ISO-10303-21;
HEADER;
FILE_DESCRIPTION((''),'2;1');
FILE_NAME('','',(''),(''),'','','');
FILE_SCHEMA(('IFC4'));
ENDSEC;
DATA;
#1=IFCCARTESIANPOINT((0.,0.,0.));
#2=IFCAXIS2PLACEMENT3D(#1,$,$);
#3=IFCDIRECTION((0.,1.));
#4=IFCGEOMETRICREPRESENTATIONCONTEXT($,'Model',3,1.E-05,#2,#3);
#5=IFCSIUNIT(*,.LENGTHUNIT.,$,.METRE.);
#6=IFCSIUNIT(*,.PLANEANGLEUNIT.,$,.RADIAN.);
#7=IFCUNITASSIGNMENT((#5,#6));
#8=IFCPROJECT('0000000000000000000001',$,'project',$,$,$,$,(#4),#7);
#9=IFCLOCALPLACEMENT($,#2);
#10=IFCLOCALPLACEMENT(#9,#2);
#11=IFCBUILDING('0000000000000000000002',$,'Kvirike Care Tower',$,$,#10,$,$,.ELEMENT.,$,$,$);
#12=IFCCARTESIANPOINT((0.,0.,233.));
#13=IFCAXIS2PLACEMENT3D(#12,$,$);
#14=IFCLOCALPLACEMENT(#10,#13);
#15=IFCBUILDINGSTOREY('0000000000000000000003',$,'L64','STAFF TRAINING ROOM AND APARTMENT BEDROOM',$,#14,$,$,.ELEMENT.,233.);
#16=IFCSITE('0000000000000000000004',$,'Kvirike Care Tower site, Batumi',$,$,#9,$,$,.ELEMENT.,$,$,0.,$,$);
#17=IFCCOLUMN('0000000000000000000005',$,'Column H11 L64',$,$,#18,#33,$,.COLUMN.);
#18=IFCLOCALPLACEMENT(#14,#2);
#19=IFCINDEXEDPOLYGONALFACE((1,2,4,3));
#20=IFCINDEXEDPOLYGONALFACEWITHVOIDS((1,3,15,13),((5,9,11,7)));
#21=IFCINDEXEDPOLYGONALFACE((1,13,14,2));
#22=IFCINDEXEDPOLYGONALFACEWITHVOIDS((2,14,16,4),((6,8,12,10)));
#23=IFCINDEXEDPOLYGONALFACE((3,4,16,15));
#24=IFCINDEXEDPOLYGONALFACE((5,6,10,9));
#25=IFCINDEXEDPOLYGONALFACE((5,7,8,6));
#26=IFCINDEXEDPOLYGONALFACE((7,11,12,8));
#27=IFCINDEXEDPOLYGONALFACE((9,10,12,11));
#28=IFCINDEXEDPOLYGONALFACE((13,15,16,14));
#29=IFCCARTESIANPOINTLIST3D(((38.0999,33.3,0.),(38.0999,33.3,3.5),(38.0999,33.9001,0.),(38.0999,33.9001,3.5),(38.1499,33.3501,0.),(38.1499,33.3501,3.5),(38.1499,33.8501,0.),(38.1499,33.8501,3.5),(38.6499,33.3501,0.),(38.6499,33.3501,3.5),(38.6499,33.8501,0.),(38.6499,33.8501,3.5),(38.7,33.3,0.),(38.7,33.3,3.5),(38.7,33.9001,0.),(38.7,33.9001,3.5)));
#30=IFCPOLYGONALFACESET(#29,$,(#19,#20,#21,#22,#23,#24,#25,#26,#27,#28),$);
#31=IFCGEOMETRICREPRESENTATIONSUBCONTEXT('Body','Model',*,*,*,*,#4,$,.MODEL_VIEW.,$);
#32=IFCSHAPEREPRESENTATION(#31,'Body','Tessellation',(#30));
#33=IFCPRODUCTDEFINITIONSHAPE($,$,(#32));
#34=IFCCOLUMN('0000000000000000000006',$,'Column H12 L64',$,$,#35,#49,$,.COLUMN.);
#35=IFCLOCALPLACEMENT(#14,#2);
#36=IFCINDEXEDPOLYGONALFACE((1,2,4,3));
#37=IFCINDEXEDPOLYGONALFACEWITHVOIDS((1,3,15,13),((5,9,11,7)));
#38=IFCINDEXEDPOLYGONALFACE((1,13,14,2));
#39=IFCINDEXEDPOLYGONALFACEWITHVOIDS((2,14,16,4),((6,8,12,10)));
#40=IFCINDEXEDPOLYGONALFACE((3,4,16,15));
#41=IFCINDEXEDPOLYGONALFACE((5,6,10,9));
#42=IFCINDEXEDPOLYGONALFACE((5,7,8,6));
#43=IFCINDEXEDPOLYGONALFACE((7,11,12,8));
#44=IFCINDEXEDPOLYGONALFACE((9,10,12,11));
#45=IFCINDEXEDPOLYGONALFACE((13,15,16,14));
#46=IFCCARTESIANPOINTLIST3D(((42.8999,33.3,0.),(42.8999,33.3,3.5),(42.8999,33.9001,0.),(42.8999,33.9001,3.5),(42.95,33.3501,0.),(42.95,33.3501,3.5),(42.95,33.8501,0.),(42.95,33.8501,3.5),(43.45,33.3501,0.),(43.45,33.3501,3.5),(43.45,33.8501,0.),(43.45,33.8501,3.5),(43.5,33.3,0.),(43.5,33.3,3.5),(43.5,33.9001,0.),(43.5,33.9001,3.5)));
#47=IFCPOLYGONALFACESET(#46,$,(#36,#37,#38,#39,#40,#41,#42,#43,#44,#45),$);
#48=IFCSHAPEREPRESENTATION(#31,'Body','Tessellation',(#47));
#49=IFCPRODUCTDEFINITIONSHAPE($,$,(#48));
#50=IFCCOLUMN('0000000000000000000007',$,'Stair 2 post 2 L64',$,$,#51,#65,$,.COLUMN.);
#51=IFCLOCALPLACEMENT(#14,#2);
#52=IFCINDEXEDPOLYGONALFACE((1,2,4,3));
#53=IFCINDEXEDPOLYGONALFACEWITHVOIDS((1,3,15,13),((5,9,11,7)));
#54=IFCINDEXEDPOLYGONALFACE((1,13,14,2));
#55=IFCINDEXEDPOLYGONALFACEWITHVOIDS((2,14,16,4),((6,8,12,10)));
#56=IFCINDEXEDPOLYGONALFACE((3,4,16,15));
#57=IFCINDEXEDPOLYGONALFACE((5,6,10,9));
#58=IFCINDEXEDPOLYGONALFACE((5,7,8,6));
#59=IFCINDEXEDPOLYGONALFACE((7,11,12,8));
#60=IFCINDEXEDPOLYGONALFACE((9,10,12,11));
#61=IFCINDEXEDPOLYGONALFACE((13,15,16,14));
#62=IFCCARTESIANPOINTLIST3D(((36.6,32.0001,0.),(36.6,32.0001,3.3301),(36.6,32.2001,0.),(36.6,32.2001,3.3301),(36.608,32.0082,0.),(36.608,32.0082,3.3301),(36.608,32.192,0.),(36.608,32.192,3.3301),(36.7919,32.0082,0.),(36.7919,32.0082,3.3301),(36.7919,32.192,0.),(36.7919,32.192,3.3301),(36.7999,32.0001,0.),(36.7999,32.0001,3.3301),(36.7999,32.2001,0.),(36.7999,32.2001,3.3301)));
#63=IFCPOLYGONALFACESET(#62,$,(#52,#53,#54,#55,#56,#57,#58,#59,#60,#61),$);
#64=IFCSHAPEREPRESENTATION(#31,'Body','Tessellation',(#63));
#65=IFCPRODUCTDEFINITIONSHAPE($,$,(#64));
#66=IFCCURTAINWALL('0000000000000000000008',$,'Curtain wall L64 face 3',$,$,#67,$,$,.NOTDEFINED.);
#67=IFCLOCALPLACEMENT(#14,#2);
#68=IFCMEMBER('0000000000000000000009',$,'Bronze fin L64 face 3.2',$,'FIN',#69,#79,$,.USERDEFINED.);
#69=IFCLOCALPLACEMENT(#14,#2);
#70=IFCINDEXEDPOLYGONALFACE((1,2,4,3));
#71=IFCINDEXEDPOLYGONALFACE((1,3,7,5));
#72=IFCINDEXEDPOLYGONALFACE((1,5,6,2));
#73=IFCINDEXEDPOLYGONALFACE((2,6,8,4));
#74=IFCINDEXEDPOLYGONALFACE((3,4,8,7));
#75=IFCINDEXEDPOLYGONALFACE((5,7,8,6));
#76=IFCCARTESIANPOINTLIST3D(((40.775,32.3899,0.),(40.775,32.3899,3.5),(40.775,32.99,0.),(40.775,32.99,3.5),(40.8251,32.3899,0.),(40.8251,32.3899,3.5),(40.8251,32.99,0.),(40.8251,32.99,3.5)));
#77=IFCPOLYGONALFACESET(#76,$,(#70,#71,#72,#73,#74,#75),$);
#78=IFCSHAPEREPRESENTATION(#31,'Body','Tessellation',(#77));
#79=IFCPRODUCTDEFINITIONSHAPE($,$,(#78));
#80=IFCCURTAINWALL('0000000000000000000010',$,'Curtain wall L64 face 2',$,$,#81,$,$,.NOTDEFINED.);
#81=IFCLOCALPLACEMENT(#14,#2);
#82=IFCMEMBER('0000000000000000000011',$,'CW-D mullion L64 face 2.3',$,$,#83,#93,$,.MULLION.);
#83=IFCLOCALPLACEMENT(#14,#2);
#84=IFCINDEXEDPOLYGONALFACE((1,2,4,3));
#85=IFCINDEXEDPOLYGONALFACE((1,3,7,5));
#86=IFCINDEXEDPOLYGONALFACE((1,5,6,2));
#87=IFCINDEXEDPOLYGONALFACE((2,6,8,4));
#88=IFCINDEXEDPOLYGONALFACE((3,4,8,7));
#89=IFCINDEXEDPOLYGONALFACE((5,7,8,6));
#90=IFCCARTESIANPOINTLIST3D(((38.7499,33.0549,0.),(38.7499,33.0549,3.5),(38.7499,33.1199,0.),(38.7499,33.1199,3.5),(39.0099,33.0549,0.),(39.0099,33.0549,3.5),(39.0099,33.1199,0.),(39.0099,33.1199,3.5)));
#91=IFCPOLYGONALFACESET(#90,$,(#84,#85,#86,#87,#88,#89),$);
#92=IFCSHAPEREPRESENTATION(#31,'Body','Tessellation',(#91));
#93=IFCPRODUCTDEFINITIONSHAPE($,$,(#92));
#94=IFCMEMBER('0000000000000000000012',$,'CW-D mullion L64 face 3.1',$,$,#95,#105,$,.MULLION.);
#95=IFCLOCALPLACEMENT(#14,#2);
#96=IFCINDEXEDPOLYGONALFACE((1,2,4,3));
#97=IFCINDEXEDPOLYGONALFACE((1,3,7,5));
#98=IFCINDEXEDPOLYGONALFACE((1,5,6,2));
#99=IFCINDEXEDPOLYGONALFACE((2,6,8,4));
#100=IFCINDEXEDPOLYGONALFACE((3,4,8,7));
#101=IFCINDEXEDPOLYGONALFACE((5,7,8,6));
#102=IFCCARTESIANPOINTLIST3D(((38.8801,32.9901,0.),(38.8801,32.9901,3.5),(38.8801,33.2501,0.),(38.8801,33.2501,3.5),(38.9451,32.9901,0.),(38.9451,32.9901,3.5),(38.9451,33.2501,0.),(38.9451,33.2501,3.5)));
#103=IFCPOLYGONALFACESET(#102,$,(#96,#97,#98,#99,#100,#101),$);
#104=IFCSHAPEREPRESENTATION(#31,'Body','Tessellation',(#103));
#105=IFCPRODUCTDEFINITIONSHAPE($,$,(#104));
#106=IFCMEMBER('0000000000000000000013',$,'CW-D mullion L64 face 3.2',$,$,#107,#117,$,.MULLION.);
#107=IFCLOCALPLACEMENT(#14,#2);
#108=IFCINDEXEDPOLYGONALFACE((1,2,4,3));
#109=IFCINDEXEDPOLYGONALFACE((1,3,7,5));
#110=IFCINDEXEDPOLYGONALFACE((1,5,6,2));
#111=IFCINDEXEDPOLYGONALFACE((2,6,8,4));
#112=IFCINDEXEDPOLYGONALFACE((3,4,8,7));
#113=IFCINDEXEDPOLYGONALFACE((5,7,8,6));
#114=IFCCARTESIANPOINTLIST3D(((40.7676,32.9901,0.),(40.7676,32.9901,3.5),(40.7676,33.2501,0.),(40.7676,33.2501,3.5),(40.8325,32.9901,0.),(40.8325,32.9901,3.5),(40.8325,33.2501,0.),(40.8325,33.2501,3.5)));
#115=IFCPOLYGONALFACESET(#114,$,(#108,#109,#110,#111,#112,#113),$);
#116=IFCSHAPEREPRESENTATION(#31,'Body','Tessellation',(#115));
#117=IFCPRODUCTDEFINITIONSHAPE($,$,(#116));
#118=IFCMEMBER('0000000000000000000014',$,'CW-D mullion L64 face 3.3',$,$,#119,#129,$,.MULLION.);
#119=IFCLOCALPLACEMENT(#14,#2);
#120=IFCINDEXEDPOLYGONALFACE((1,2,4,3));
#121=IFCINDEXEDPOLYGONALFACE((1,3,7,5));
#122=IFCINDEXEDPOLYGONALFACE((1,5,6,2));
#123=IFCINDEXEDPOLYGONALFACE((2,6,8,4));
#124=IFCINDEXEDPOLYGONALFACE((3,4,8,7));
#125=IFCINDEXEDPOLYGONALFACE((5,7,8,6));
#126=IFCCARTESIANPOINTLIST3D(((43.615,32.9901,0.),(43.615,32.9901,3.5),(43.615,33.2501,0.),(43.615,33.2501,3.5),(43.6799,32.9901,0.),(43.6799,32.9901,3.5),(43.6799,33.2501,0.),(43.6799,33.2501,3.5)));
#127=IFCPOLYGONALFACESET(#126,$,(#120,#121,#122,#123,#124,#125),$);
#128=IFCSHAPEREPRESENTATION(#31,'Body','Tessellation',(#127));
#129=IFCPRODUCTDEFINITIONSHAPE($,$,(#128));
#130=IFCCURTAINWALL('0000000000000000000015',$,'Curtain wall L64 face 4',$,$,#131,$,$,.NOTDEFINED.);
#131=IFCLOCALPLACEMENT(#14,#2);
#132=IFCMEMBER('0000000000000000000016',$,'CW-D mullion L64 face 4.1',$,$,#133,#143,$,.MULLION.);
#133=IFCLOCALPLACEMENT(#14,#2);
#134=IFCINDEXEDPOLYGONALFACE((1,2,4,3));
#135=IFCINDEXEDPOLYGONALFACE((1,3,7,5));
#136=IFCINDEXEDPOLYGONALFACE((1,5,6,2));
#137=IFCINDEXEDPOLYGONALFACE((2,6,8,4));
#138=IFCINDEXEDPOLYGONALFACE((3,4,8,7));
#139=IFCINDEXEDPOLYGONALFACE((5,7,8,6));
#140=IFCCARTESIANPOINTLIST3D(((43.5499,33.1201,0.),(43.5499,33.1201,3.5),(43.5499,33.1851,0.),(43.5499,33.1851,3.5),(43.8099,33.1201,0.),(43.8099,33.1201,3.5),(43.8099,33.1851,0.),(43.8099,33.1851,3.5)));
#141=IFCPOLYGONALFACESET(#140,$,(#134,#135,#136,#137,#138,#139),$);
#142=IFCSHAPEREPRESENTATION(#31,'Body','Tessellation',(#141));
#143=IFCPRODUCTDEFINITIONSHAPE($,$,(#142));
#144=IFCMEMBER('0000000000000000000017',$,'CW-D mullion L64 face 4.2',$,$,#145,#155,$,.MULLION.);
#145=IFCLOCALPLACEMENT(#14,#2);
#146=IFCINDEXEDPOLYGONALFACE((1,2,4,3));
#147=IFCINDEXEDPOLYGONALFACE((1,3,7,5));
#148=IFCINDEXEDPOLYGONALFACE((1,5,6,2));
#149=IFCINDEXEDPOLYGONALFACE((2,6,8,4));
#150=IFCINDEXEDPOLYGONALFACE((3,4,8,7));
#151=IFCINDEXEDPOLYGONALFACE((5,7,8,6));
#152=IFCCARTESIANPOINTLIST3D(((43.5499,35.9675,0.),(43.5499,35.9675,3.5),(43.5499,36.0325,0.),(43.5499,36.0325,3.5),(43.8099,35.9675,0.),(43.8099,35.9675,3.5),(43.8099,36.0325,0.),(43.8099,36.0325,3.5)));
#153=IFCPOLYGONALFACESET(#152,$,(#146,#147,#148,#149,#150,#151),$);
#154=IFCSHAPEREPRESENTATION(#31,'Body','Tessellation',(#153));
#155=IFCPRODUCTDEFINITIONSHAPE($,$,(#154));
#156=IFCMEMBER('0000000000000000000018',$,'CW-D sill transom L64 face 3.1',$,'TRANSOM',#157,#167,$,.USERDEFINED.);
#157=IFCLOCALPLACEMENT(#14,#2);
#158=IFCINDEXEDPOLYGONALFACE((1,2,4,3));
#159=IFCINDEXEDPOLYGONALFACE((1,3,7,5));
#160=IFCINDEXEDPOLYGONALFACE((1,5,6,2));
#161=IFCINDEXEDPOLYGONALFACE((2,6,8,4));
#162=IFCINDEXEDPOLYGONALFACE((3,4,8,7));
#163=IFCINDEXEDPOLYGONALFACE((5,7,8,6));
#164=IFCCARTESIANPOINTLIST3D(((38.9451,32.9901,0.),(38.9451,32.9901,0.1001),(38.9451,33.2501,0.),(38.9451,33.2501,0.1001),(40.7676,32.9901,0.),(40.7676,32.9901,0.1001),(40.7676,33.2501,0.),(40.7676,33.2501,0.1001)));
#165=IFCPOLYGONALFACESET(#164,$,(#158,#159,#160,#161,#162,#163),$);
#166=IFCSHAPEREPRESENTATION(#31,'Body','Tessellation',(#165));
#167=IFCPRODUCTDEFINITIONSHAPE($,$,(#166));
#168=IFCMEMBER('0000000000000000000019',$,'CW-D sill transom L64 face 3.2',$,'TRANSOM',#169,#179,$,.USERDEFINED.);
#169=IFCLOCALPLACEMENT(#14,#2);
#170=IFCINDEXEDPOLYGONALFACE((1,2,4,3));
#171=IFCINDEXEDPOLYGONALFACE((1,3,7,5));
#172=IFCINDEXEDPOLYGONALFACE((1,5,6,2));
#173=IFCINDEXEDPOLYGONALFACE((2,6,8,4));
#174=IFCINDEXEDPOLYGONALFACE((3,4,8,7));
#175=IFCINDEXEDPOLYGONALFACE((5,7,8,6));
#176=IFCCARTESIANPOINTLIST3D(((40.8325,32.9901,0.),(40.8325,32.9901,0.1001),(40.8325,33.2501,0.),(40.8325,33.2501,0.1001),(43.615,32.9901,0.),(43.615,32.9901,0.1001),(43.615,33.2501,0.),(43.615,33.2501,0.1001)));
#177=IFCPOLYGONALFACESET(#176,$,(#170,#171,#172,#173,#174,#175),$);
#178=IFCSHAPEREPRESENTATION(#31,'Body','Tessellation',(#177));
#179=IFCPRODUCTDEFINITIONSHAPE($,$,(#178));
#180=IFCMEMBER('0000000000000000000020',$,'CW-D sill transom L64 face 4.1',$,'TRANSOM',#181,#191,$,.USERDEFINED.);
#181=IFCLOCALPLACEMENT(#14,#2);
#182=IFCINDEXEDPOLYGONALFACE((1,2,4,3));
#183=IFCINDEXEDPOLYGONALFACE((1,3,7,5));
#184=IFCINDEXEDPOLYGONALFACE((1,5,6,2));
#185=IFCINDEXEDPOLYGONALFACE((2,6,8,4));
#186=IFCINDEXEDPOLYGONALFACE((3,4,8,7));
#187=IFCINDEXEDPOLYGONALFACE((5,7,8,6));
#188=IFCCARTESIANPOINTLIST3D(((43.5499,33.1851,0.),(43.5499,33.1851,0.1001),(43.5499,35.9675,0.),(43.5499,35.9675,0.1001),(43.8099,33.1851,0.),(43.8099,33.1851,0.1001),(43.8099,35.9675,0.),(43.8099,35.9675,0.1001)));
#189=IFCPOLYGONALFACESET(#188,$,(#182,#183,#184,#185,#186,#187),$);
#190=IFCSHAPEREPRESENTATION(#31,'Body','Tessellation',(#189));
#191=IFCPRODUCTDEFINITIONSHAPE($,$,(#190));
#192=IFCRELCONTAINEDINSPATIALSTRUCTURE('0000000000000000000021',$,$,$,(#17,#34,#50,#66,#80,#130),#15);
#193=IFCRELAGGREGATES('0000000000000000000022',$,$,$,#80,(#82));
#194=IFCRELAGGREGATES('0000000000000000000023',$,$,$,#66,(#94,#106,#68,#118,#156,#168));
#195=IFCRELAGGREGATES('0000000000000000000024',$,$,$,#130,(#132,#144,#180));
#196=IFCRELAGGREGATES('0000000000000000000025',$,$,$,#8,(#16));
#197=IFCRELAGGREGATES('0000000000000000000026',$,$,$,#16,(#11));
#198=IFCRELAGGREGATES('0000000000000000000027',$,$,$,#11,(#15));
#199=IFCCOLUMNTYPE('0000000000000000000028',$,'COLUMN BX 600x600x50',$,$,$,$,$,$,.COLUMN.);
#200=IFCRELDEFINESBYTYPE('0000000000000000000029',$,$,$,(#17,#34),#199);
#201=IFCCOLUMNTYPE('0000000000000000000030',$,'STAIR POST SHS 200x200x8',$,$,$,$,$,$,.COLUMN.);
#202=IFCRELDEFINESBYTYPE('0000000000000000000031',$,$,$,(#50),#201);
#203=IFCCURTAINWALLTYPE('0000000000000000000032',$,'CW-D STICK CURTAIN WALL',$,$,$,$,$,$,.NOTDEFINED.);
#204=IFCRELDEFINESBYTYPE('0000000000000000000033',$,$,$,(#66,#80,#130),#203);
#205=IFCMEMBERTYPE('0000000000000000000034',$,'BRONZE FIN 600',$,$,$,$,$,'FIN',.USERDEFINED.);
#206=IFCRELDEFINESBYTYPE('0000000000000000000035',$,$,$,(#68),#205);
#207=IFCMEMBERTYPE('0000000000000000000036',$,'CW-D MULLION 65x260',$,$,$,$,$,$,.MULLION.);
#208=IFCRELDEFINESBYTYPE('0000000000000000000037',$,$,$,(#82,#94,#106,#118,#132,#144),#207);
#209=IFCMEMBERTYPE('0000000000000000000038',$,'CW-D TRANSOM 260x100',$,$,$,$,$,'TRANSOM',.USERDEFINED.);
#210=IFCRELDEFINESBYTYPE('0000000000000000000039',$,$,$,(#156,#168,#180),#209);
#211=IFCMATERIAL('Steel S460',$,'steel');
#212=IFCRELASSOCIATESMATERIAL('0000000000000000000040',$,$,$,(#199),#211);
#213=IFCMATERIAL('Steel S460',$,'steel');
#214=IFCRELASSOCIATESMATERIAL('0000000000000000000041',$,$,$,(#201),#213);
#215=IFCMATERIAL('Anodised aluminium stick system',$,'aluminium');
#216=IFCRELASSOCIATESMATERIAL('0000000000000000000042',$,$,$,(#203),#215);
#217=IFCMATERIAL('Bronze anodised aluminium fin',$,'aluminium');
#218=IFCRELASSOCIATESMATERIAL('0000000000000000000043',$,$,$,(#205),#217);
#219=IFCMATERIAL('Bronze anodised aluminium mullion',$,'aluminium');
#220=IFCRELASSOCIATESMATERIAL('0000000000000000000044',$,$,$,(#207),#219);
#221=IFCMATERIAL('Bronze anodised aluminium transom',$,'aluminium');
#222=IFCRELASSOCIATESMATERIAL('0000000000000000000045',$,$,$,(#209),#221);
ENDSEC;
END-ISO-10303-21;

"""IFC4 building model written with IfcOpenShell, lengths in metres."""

from ifc_helpers import new_model, si_unit, direction, frame, origin, origin_2d, place, context, subcontext, project, spatial, rectangle, hollow_rectangle, extrude, material, material_profile, profile_set, type_object, element, aggregate, save


model = new_model("IFC4")

# Units and contexts
model_context = context("Model", 3, precision=1e-05, world=origin(), true_north=direction((0.0, 1.0)))
body_context = subcontext(model_context, "Body", "Model", "MODEL_VIEW")
ifc_project = project(units=[si_unit("LENGTHUNIT", "METRE"), si_unit("PLANEANGLEUNIT", "RADIAN")], contexts=[model_context])

# Site, building, storey
site_placement = place(None, origin())
site = spatial("IfcSite", under=ifc_project, at=site_placement, Name="Kvirike Care Tower site, Batumi", CompositionType="ELEMENT", RefElevation=0.0)
building_placement = place(site_placement, origin())
building = spatial("IfcBuilding", under=site, at=building_placement, Name="Kvirike Care Tower", CompositionType="ELEMENT")
storey_placement = place(building_placement, frame((0.0, 0.0, 233.0)))
storey = spatial("IfcBuildingStorey", under=building, at=storey_placement, Name="L64", Description="STAFF TRAINING ROOM AND APARTMENT BEDROOM", CompositionType="ELEMENT", Elevation=233.0)

# Columns
ifc_material_1 = material(Name="Steel S460", Category="steel")
ifc_material_profile_1 = material_profile(ifc_material_1, hollow_rectangle(XDim=0.6001, YDim=0.6001, WallThickness=0.05, at=origin_2d()), Name="BX 600x600x50")
ifc_profile_set_1 = profile_set([ifc_material_profile_1], Name="Steel S460")
column_type_1 = type_object("IfcColumnType", Name="COLUMN BX 600x600x50", PredefinedType="COLUMN", material=ifc_profile_set_1)
for number, where, z_axis, x_axis, name in (
    (1, (38.3999, 33.6001, 0.0), (0.0, 0.0, 1.0), (0.0, 1.0, 0.0), "Column H11 L64"),
    (2, (43.2, 33.6001, 0.0), (0.0, 0.0, 1.0), (0.0, 1.0, 0.0), "Column H12 L64"),
):
    element("IfcColumn", number, at=place(storey_placement, frame(where, z_axis=z_axis, x_axis=x_axis)), inside=storey, type_object=column_type_1, Name=name, PredefinedType="COLUMN", context=body_context, shape_type="SweptSolid", body=[
        extrude(hollow_rectangle(XDim=0.6001, YDim=0.6001, WallThickness=0.05, at=origin_2d()), origin(), (0.0, 0.0, 1.0), 3.5),
    ])
ifc_material_2 = material(Name="Steel S460", Category="steel")
ifc_material_profile_2 = material_profile(ifc_material_2, hollow_rectangle(XDim=0.2, YDim=0.2, WallThickness=0.0081, at=origin_2d()), Name="SHS 200x200x8")
ifc_profile_set_2 = profile_set([ifc_material_profile_2], Name="Steel S460")
column_type_2 = type_object("IfcColumnType", Name="STAIR POST SHS 200x200x8", PredefinedType="COLUMN", material=ifc_profile_set_2)
column_placement = place(storey_placement, frame((36.7, 32.1001, 0.0), z_axis=(0.0, 0.0, 1.0), x_axis=(1.0, 0.0, 0.0)))
element("IfcColumn", 3, at=column_placement, inside=storey, type_object=column_type_2, Name="Stair 2 post 2 L64", PredefinedType="COLUMN", context=body_context, shape_type="SweptSolid", body=[
    extrude(hollow_rectangle(XDim=0.2, YDim=0.2, WallThickness=0.0081, at=origin_2d()), origin(), (0.0, 0.0, 1.0), 3.3301),
])

# Curtain walls, members
ifc_material_3 = material(Name="Anodised aluminium stick system", Category="aluminium")
curtain_wall_type = type_object("IfcCurtainWallType", Name="CW-D STICK CURTAIN WALL", PredefinedType="NOTDEFINED", material=ifc_material_3)
curtain_wall_1_placement = place(storey_placement, origin())
curtain_wall_1 = element("IfcCurtainWall", 4, at=curtain_wall_1_placement, inside=storey, type_object=curtain_wall_type, Name="Curtain wall L64 face 3", PredefinedType="NOTDEFINED")
ifc_material_4 = material(Name="Bronze anodised aluminium fin", Category="aluminium")
ifc_material_profile_3 = material_profile(ifc_material_4, rectangle(XDim=0.05, YDim=0.6001, at=origin_2d()), Name="BRONZE FIN 600")
ifc_profile_set_3 = profile_set([ifc_material_profile_3], Name="Bronze anodised aluminium fin")
member_type_1 = type_object("IfcMemberType", Name="BRONZE FIN 600", ElementType="FIN", PredefinedType="USERDEFINED", material=ifc_profile_set_3)
member_1_placement = place(storey_placement, frame((40.8, 32.6899, 0.0), z_axis=(0.0, 0.0, 1.0), x_axis=(1.0, 0.0, 0.0)))
member_1 = element("IfcMember", 5, at=member_1_placement, type_object=member_type_1, Name="Bronze fin L64 face 3.2", ObjectType="FIN", PredefinedType="USERDEFINED", context=body_context, shape_type="SweptSolid", body=[
    extrude(rectangle(XDim=0.05, YDim=0.6001, at=origin_2d()), origin(), (0.0, 0.0, 1.0), 3.5),
])
curtain_wall_2_placement = place(storey_placement, origin())
curtain_wall_2 = element("IfcCurtainWall", 6, at=curtain_wall_2_placement, inside=storey, type_object=curtain_wall_type, Name="Curtain wall L64 face 2", PredefinedType="NOTDEFINED")
ifc_material_5 = material(Name="Bronze anodised aluminium mullion", Category="aluminium")
ifc_material_profile_4 = material_profile(ifc_material_5, rectangle(XDim=0.0649, YDim=0.26, at=origin_2d()), Name="CW-D MULLION 65x260")
ifc_profile_set_4 = profile_set([ifc_material_profile_4], Name="Bronze anodised aluminium mullion")
member_type_2 = type_object("IfcMemberType", Name="CW-D MULLION 65x260", PredefinedType="MULLION", material=ifc_profile_set_4)
member_2_placement = place(storey_placement, frame((38.8799, 33.0874, 0.0), z_axis=(0.0, 0.0, 1.0), x_axis=(0.0, 1.0, 0.0)))
member_2 = element("IfcMember", 7, at=member_2_placement, type_object=member_type_2, Name="CW-D mullion L64 face 2.3", PredefinedType="MULLION", context=body_context, shape_type="SweptSolid", body=[
    extrude(rectangle(XDim=0.0649, YDim=0.26, at=origin_2d()), origin(), (0.0, 0.0, 1.0), 3.5),
])

# Members
member_3_placement = place(storey_placement, frame((38.9126, 33.1201, 0.0), z_axis=(0.0, 0.0, 1.0), x_axis=(1.0, 0.0, 0.0)))
member_3 = element("IfcMember", 8, at=member_3_placement, type_object=member_type_2, Name="CW-D mullion L64 face 3.1", PredefinedType="MULLION", context=body_context, shape_type="SweptSolid", body=[
    extrude(rectangle(XDim=0.0649, YDim=0.26, at=origin_2d()), origin(), (0.0, 0.0, 1.0), 3.5),
])
member_4_placement = place(storey_placement, frame((40.8, 33.1201, 0.0), z_axis=(0.0, 0.0, 1.0), x_axis=(1.0, 0.0, 0.0)))
member_4 = element("IfcMember", 9, at=member_4_placement, type_object=member_type_2, Name="CW-D mullion L64 face 3.2", PredefinedType="MULLION", context=body_context, shape_type="SweptSolid", body=[
    extrude(rectangle(XDim=0.0649, YDim=0.26, at=origin_2d()), origin(), (0.0, 0.0, 1.0), 3.5),
])
member_5_placement = place(storey_placement, frame((43.6475, 33.1201, 0.0), z_axis=(0.0, 0.0, 1.0), x_axis=(1.0, 0.0, 0.0)))
member_5 = element("IfcMember", 10, at=member_5_placement, type_object=member_type_2, Name="CW-D mullion L64 face 3.3", PredefinedType="MULLION", context=body_context, shape_type="SweptSolid", body=[
    extrude(rectangle(XDim=0.0649, YDim=0.26, at=origin_2d()), origin(), (0.0, 0.0, 1.0), 3.5),
])

# Curtain wall, members
curtain_wall_3_placement = place(storey_placement, origin())
curtain_wall_3 = element("IfcCurtainWall", 11, at=curtain_wall_3_placement, inside=storey, type_object=curtain_wall_type, Name="Curtain wall L64 face 4", PredefinedType="NOTDEFINED")
member_6_placement = place(storey_placement, frame((43.6799, 33.1526, 0.0), z_axis=(0.0, 0.0, 1.0), x_axis=(0.0, 1.0, 0.0)))
member_6 = element("IfcMember", 12, at=member_6_placement, type_object=member_type_2, Name="CW-D mullion L64 face 4.1", PredefinedType="MULLION", context=body_context, shape_type="SweptSolid", body=[
    extrude(rectangle(XDim=0.0649, YDim=0.26, at=origin_2d()), origin(), (0.0, 0.0, 1.0), 3.5),
])
member_7_placement = place(storey_placement, frame((43.6799, 36.0, 0.0), z_axis=(0.0, 0.0, 1.0), x_axis=(0.0, 1.0, 0.0)))
member_7 = element("IfcMember", 13, at=member_7_placement, type_object=member_type_2, Name="CW-D mullion L64 face 4.2", PredefinedType="MULLION", context=body_context, shape_type="SweptSolid", body=[
    extrude(rectangle(XDim=0.0649, YDim=0.26, at=origin_2d()), origin(), (0.0, 0.0, 1.0), 3.5),
])

# Members
ifc_material_6 = material(Name="Bronze anodised aluminium transom", Category="aluminium")
ifc_material_profile_5 = material_profile(ifc_material_6, rectangle(XDim=0.26, YDim=0.1001, at=origin_2d()), Name="CW-D TRANSOM 260x100")
ifc_profile_set_5 = profile_set([ifc_material_profile_5], Name="Bronze anodised aluminium transom")
member_type_3 = type_object("IfcMemberType", Name="CW-D TRANSOM 260x100", ElementType="TRANSOM", PredefinedType="USERDEFINED", material=ifc_profile_set_5)
member_8_placement = place(storey_placement, frame((38.9451, 33.1201, 0.05), z_axis=(1.0, 0.0, 0.0), x_axis=(0.0, 1.0, 0.0)))
member_8 = element("IfcMember", 14, at=member_8_placement, type_object=member_type_3, Name="CW-D sill transom L64 face 3.1", ObjectType="TRANSOM", PredefinedType="USERDEFINED", context=body_context, shape_type="SweptSolid", body=[
    extrude(rectangle(XDim=0.26, YDim=0.1001, at=origin_2d()), origin(), (0.0, 0.0, 1.0), 1.8225),
])
member_9_placement = place(storey_placement, frame((40.8325, 33.1201, 0.05), z_axis=(1.0, 0.0, 0.0), x_axis=(0.0, 1.0, 0.0)))
member_9 = element("IfcMember", 15, at=member_9_placement, type_object=member_type_3, Name="CW-D sill transom L64 face 3.2", ObjectType="TRANSOM", PredefinedType="USERDEFINED", context=body_context, shape_type="SweptSolid", body=[
    extrude(rectangle(XDim=0.26, YDim=0.1001, at=origin_2d()), origin(), (0.0, 0.0, 1.0), 2.7825),
])
member_10_placement = place(storey_placement, frame((43.6799, 33.1851, 0.05), z_axis=(0.0, 1.0, 0.0), x_axis=(-1.0, 0.0, 0.0)))
member_10 = element("IfcMember", 16, at=member_10_placement, type_object=member_type_3, Name="CW-D sill transom L64 face 4.1", ObjectType="TRANSOM", PredefinedType="USERDEFINED", context=body_context, shape_type="SweptSolid", body=[
    extrude(rectangle(XDim=0.26, YDim=0.1001, at=origin_2d()), origin(), (0.0, 0.0, 1.0), 2.7825),
])

aggregate(curtain_wall_2, [member_2])
aggregate(curtain_wall_1, [member_3, member_4, member_1, member_5, member_8, member_9])
aggregate(curtain_wall_3, [member_6, member_7, member_10])

save(model, "model.ifc")
